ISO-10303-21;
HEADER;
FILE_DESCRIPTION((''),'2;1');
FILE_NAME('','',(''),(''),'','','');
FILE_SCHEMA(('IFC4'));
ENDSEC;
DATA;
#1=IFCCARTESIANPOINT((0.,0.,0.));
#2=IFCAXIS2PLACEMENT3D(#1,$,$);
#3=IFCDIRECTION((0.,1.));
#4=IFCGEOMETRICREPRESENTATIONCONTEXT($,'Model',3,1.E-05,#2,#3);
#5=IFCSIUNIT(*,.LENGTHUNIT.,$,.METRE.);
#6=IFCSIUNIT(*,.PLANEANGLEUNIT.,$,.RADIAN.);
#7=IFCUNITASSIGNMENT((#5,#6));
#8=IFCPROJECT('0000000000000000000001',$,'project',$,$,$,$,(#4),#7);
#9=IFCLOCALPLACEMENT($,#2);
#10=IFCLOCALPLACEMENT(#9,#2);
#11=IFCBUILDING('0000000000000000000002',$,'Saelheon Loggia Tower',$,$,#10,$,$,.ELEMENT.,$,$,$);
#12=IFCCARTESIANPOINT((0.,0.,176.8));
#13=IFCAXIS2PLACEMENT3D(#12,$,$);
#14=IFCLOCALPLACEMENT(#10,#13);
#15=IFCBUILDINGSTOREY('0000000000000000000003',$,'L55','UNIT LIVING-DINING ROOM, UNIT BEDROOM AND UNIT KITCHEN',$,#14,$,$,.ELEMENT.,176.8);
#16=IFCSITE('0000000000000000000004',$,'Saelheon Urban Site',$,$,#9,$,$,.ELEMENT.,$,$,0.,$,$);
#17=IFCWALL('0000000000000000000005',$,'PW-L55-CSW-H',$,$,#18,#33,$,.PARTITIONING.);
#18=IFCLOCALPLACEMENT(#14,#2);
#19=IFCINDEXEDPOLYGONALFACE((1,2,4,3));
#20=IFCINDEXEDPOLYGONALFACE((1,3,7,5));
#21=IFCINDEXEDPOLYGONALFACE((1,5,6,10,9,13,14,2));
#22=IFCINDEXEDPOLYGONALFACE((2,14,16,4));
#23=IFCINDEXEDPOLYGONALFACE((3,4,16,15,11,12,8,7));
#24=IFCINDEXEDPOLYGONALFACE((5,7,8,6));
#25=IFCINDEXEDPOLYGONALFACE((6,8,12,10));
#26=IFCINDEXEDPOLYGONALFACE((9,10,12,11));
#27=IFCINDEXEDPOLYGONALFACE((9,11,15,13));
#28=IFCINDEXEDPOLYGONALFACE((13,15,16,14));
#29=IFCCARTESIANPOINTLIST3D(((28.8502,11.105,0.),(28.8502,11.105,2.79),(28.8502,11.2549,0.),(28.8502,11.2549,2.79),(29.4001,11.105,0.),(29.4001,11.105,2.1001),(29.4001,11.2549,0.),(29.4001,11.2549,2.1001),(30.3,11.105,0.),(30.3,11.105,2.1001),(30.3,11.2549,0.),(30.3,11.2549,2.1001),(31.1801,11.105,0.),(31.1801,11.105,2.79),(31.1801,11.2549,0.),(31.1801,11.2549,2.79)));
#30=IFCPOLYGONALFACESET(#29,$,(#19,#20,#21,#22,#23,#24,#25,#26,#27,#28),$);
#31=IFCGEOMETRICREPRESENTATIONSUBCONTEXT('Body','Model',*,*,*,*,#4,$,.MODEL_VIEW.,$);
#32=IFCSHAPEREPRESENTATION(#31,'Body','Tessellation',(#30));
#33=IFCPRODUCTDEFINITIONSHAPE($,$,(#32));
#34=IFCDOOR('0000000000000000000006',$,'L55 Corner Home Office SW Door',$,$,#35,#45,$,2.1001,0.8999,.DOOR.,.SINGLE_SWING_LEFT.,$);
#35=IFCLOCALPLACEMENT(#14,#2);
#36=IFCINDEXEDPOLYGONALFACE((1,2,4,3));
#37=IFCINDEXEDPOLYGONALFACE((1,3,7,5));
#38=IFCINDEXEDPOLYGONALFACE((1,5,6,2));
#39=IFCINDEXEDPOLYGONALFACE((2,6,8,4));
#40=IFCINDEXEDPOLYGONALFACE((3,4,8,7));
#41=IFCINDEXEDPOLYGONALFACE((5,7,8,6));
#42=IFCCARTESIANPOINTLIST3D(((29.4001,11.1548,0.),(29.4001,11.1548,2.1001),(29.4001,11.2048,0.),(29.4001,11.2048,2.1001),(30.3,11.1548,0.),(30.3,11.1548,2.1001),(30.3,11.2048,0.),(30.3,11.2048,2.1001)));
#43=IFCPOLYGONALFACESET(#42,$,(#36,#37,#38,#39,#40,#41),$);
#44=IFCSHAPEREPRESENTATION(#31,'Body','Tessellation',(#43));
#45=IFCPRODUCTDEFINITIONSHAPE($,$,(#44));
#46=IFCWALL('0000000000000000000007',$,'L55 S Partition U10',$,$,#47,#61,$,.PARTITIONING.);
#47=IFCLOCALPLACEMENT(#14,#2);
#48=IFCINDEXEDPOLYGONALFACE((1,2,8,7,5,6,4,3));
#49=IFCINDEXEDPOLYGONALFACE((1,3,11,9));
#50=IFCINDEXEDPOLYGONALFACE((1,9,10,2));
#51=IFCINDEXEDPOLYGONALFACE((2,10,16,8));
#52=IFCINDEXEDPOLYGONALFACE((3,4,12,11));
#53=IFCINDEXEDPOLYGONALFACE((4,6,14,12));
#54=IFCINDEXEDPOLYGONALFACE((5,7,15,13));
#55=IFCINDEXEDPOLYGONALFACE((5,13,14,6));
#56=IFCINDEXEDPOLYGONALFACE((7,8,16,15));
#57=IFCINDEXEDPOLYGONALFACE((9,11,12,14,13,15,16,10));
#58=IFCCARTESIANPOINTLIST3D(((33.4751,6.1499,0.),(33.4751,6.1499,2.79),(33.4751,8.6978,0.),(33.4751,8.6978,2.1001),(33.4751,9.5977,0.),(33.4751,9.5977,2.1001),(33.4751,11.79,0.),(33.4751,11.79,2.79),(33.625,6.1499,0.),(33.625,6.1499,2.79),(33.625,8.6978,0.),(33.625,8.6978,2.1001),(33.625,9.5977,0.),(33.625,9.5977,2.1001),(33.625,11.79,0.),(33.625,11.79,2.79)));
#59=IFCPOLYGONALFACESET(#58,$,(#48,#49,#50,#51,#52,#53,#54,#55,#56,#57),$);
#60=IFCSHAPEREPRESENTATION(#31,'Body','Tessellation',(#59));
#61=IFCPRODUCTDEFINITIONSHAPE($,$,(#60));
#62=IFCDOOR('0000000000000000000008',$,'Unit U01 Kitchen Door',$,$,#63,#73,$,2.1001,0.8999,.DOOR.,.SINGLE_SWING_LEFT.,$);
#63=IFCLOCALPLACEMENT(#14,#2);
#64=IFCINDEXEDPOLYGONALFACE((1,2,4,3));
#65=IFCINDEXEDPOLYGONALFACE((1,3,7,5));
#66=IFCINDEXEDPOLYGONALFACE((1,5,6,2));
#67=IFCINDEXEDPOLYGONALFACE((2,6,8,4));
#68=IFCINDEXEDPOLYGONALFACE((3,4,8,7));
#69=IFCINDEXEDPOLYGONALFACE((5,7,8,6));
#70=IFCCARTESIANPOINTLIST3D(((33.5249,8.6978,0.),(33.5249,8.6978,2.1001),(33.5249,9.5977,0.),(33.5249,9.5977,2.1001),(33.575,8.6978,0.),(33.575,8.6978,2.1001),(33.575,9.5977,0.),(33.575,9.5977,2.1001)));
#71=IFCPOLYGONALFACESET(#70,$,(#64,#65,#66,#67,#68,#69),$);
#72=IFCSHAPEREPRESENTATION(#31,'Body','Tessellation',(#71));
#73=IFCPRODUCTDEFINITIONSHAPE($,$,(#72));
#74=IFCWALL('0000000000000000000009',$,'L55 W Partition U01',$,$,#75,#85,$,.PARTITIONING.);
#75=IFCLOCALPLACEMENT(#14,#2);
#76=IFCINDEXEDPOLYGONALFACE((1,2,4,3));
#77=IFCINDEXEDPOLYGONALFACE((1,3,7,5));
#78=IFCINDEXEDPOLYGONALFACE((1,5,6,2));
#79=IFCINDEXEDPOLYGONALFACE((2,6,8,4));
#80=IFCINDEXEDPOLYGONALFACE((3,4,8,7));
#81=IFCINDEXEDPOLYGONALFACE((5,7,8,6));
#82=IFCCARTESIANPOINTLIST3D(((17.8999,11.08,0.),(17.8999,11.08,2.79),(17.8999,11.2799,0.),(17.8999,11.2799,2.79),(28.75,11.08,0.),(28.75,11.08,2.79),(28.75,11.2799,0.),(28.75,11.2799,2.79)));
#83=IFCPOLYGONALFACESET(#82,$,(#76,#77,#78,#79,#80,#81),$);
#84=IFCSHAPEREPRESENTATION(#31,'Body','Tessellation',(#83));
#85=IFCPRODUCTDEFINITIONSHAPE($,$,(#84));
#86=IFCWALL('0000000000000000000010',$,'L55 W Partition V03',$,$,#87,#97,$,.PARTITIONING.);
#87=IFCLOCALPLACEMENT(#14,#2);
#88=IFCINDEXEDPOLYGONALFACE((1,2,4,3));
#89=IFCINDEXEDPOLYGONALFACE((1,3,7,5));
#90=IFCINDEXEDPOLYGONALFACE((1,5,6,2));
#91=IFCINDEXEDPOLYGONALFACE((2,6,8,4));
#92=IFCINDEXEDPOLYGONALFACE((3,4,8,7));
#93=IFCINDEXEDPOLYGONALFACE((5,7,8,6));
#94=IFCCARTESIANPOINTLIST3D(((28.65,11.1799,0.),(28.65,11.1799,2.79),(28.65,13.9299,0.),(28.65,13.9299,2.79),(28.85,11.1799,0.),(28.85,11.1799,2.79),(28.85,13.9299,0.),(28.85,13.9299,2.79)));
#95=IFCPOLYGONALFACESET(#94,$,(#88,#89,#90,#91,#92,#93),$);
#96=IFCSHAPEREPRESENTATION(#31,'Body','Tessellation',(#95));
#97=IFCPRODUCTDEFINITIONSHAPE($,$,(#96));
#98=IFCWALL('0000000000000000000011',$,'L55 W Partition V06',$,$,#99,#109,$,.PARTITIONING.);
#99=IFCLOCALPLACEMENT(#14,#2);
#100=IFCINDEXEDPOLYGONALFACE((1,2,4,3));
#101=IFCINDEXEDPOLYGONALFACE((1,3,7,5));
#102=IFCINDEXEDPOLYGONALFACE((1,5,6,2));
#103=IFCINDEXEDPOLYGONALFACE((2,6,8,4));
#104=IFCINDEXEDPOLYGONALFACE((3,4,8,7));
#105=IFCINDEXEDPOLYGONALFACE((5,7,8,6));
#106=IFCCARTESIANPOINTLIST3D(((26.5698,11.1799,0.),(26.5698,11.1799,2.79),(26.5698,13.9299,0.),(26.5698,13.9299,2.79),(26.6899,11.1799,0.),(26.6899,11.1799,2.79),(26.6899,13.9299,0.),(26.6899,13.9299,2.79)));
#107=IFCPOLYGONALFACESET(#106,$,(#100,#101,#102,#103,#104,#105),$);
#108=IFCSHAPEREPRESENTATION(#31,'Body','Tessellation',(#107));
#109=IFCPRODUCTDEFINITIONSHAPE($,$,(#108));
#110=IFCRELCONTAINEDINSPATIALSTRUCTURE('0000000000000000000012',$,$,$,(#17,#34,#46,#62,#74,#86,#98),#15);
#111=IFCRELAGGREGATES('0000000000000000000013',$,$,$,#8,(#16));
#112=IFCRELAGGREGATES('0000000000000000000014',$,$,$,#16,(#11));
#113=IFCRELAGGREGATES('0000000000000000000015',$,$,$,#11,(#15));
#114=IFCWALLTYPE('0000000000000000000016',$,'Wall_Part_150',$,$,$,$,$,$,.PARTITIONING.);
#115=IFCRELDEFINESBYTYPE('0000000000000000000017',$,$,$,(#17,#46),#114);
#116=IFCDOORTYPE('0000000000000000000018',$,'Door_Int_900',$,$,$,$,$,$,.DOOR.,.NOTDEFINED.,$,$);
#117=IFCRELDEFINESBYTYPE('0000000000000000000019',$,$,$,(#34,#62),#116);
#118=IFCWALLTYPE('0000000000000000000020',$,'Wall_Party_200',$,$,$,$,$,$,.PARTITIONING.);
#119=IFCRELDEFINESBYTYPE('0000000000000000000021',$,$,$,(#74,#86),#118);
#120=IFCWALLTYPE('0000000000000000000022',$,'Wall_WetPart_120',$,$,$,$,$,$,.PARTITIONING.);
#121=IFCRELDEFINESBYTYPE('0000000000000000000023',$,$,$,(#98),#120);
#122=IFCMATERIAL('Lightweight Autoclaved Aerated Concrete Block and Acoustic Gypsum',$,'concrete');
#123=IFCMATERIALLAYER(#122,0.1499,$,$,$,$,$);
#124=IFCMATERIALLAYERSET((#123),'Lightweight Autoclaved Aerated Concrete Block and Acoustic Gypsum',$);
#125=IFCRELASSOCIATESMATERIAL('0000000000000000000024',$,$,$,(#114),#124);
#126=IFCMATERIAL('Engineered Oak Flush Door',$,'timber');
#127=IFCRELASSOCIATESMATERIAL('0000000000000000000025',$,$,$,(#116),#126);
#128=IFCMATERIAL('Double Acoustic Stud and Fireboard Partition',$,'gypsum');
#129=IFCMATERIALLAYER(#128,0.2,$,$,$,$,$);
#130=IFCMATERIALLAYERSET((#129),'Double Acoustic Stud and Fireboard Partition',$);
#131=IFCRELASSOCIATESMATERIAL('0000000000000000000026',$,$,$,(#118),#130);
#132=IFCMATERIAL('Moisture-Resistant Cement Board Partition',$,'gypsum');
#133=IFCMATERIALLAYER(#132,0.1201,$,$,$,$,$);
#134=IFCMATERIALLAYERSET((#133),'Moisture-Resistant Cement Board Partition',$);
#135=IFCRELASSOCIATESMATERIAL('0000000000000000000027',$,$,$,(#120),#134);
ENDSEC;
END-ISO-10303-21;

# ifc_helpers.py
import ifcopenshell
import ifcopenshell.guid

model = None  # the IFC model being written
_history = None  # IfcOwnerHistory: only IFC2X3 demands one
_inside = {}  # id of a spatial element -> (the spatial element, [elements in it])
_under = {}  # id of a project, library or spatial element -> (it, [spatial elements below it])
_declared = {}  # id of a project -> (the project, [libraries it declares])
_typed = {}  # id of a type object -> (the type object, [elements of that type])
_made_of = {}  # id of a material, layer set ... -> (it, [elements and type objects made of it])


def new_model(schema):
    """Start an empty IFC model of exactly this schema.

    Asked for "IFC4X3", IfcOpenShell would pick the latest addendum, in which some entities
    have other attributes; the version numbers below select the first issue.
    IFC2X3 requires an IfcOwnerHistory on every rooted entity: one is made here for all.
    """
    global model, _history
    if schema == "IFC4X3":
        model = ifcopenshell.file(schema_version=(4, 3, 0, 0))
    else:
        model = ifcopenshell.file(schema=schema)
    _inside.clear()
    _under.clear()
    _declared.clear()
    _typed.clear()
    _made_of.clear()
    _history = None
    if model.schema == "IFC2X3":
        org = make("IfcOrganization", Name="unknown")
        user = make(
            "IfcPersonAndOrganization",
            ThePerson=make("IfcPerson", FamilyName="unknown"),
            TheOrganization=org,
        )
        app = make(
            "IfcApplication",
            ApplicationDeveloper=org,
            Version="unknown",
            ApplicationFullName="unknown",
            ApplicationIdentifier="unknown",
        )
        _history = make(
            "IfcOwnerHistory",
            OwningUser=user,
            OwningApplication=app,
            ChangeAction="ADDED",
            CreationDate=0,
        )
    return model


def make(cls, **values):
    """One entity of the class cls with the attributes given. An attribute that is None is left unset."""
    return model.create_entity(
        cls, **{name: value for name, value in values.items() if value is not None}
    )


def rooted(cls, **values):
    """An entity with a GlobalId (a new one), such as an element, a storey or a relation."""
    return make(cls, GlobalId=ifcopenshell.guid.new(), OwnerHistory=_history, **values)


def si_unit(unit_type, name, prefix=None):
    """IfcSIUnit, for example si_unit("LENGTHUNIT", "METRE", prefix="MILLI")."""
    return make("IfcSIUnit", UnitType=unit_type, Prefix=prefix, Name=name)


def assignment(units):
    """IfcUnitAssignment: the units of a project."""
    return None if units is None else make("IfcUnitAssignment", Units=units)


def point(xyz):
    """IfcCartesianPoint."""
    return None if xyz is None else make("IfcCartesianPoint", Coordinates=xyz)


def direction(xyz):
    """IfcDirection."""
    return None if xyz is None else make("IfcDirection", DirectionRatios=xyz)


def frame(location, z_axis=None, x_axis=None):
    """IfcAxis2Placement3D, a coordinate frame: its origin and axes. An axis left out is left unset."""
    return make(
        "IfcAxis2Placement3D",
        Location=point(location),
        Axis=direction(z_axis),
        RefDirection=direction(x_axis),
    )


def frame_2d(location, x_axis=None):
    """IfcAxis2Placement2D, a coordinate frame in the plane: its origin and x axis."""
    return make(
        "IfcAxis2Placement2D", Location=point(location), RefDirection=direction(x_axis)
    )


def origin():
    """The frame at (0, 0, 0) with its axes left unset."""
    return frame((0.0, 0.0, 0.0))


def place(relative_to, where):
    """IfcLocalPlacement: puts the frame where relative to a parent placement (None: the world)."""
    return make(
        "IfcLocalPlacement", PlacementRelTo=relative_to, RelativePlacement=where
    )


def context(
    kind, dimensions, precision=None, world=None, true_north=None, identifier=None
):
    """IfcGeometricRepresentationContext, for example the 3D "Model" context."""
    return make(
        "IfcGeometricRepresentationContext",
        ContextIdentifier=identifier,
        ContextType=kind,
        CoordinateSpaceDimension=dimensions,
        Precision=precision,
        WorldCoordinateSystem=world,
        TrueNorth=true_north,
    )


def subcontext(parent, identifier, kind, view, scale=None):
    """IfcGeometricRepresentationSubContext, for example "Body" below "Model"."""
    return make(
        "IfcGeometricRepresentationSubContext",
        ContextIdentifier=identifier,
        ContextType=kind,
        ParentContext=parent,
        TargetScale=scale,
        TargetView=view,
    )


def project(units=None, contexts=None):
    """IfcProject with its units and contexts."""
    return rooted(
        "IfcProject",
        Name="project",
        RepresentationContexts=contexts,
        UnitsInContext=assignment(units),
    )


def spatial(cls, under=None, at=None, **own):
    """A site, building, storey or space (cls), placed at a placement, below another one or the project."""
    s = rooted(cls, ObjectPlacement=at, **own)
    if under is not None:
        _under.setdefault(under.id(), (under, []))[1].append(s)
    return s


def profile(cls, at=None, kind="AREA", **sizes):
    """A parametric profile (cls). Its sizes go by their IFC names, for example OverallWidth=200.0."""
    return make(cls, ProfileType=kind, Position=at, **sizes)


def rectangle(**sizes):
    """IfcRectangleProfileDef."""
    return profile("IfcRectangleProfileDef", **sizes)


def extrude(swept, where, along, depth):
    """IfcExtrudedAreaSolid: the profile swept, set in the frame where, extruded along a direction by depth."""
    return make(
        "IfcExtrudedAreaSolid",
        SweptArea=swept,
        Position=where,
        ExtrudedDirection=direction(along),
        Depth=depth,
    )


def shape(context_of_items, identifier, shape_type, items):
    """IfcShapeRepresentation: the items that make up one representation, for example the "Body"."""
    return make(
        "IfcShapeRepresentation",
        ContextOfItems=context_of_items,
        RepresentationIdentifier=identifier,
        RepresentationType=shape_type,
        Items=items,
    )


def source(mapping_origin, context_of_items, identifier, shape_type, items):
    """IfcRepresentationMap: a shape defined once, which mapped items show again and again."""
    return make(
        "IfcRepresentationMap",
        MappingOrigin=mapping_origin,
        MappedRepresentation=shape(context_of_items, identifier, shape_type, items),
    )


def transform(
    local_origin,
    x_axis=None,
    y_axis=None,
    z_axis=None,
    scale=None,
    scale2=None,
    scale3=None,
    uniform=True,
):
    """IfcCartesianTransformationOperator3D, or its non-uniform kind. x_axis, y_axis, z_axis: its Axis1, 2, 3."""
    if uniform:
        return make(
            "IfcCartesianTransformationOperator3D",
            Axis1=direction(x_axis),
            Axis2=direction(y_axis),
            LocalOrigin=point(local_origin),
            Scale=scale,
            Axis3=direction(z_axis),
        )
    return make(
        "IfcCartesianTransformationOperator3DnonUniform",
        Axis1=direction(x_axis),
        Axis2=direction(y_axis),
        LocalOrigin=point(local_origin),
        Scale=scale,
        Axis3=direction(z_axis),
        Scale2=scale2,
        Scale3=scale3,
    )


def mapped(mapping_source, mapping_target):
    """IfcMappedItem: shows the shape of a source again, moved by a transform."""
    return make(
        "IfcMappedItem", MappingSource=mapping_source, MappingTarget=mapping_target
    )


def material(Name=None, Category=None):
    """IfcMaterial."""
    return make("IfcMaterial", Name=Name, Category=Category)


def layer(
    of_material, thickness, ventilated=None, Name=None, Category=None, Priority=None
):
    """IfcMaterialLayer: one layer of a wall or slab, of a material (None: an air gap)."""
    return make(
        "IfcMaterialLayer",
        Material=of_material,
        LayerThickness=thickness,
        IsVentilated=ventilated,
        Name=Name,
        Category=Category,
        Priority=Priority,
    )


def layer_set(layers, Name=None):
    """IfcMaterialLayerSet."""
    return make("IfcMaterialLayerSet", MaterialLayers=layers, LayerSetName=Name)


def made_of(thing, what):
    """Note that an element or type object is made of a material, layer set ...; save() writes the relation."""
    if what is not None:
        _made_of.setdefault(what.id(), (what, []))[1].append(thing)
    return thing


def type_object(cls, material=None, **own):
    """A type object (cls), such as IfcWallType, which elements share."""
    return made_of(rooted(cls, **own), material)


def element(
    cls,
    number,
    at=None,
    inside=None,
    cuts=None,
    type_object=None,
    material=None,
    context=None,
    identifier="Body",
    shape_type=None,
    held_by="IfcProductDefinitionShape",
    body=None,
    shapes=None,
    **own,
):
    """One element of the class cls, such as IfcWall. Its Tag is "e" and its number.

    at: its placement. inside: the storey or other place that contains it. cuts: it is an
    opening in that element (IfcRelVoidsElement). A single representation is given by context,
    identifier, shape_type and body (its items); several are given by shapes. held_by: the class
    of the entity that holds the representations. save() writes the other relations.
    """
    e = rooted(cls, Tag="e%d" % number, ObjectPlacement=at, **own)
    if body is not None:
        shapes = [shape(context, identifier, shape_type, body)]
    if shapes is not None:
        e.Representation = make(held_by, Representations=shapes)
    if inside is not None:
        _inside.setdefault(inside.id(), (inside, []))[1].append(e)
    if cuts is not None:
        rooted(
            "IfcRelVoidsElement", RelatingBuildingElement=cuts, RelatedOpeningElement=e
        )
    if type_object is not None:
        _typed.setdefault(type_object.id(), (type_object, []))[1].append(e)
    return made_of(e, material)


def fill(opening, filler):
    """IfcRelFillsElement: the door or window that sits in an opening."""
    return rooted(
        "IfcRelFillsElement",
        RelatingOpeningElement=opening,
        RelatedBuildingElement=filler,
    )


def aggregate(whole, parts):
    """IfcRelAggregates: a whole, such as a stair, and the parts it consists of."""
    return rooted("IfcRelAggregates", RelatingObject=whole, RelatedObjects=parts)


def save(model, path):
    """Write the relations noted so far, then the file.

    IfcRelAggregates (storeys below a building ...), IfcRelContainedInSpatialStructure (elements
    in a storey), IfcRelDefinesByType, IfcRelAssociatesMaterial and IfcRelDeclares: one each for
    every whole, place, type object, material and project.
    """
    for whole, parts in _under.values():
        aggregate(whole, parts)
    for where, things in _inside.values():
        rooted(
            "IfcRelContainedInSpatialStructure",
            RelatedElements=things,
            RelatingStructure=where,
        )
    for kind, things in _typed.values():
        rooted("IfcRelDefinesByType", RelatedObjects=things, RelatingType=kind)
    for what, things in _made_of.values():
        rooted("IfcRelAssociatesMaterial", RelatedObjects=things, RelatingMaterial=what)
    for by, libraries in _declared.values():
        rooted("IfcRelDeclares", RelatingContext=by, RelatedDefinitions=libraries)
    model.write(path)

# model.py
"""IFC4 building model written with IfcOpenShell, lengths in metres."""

from ifc_helpers import new_model, si_unit, direction, frame, frame_2d, origin, place, context, subcontext, project, spatial, rectangle, extrude, source, transform, mapped, material, layer, layer_set, type_object, element, fill, save


model = new_model("IFC4")

# Units and contexts
model_context = context("Model", 3, precision=1e-05, world=origin(), true_north=direction((0.0, 1.0)))
body_context = subcontext(model_context, "Body", "Model", "MODEL_VIEW")
ifc_project = project(units=[si_unit("LENGTHUNIT", "METRE"), si_unit("PLANEANGLEUNIT", "RADIAN")], contexts=[model_context])

# Site, building, storey
site_placement = place(None, origin())
site = spatial("IfcSite", under=ifc_project, at=site_placement, Name="Saelheon Urban Site", CompositionType="ELEMENT", RefElevation=0.0)
building_placement = place(site_placement, origin())
building = spatial("IfcBuilding", under=site, at=building_placement, Name="Saelheon Loggia Tower", CompositionType="ELEMENT")
storey_placement = place(building_placement, frame((0.0, 0.0, 176.8)))
storey = spatial("IfcBuildingStorey", under=building, at=storey_placement, Name="L55", Description="UNIT LIVING-DINING ROOM, UNIT BEDROOM AND UNIT KITCHEN", CompositionType="ELEMENT", Elevation=176.8)

# Walls, openings, doors
ifc_material_1 = material(Name="Lightweight Autoclaved Aerated Concrete Block and Acoustic Gypsum", Category="concrete")
ifc_layer_1 = layer(ifc_material_1, 0.1499)
ifc_layer_set_1 = layer_set([ifc_layer_1], Name="Lightweight Autoclaved Aerated Concrete Block and Acoustic Gypsum")
wall_type_1 = type_object("IfcWallType", Name="Wall_Part_150", PredefinedType="PARTITIONING", material=ifc_layer_set_1)
wall_1_placement = place(storey_placement, frame((28.8501, 11.1799, 0.0), z_axis=(0.0, 0.0, 1.0), x_axis=(1.0, 0.0, 0.0)))
wall_1 = element("IfcWall", 1, at=wall_1_placement, inside=storey, type_object=wall_type_1, Name="PW-L55-CSW-H", PredefinedType="PARTITIONING", context=body_context, shape_type="SweptSolid", body=[
    extrude(rectangle(XDim=2.3298, YDim=0.1499, at=frame_2d((1.165, 0.0))), origin(), (0.0, 0.0, 1.0), 2.79),
])
opening_1_placement = place(wall_1_placement, frame((0.55, 0.0, 0.0)))
opening_1 = element("IfcOpeningElement", 2, at=opening_1_placement, cuts=wall_1, PredefinedType="OPENING", context=body_context, shape_type="SweptSolid", body=[
    extrude(rectangle(XDim=0.8999, YDim=2.1001, at=frame_2d((0.45, 1.05))), frame((0.0, 0.0869, 0.0), z_axis=(0.0, -1.0, 0.0), x_axis=(1.0, 0.0, 0.0)), (0.0, 0.0, 1.0), 0.1738),
])
ifc_material_2 = material(Name="Engineered Oak Flush Door", Category="timber")
door_type = type_object("IfcDoorType", Name="Door_Int_900", OperationType="NOTDEFINED", PredefinedType="DOOR", material=ifc_material_2)
shared_shape_1 = source(origin(), body_context, "Body", "SweptSolid", [
    extrude(rectangle(XDim=0.8999, YDim=2.1001, at=frame_2d((0.45, 1.05))), frame((0.0, 0.0249, 0.0), z_axis=(0.0, -1.0, 0.0), x_axis=(1.0, 0.0, 0.0)), (0.0, 0.0, 1.0), 0.05),
])
door_1_placement = place(opening_1_placement, origin())
door_1 = element("IfcDoor", 3, at=door_1_placement, inside=storey, type_object=door_type, Name="L55 Corner Home Office SW Door", OperationType="SINGLE_SWING_LEFT", OverallHeight=2.1001, OverallWidth=0.8999, PredefinedType="DOOR", context=body_context, shape_type="MappedRepresentation", body=[
    mapped(shared_shape_1, transform((0.0, 0.0, 0.0), scale=1.0)),
])
fill(opening_1, door_1)
wall_2_placement = place(storey_placement, frame((33.55, 11.79, 0.0), z_axis=(0.0, 0.0, 1.0), x_axis=(0.0, -1.0, 0.0)))
wall_2 = element("IfcWall", 4, at=wall_2_placement, inside=storey, type_object=wall_type_1, Name="L55 S Partition U10", PredefinedType="PARTITIONING", context=body_context, shape_type="SweptSolid", body=[
    extrude(rectangle(XDim=5.6401, YDim=0.1499, at=frame_2d((2.8201, 0.0))), origin(), (0.0, 0.0, 1.0), 2.79),
])
opening_2_placement = place(wall_2_placement, frame((2.1924, 0.0, 0.0)))
opening_2 = element("IfcOpeningElement", 5, at=opening_2_placement, cuts=wall_2, PredefinedType="OPENING", context=body_context, shape_type="SweptSolid", body=[
    extrude(rectangle(XDim=0.8999, YDim=2.1001, at=frame_2d((0.45, 1.05))), frame((0.0, 0.0869, 0.0), z_axis=(0.0, -1.0, 0.0), x_axis=(1.0, 0.0, 0.0)), (0.0, 0.0, 1.0), 0.1738),
])
door_2_placement = place(opening_2_placement, origin())
door_2 = element("IfcDoor", 6, at=door_2_placement, inside=storey, type_object=door_type, Name="Unit U01 Kitchen Door", OperationType="SINGLE_SWING_LEFT", OverallHeight=2.1001, OverallWidth=0.8999, PredefinedType="DOOR", context=body_context, shape_type="MappedRepresentation", body=[
    mapped(shared_shape_1, transform((0.0, 0.0, 0.0), scale=1.0)),
])
fill(opening_2, door_2)

# Walls
ifc_material_3 = material(Name="Double Acoustic Stud and Fireboard Partition", Category="gypsum")
ifc_layer_2 = layer(ifc_material_3, 0.2)
ifc_layer_set_2 = layer_set([ifc_layer_2], Name="Double Acoustic Stud and Fireboard Partition")
wall_type_2 = type_object("IfcWallType", Name="Wall_Party_200", PredefinedType="PARTITIONING", material=ifc_layer_set_2)
wall_3_placement = place(storey_placement, frame((28.75, 11.1799, 0.0), z_axis=(0.0, 0.0, 1.0), x_axis=(-1.0, 0.0, 0.0)))
element("IfcWall", 7, at=wall_3_placement, inside=storey, type_object=wall_type_2, Name="L55 W Partition U01", PredefinedType="PARTITIONING", context=body_context, shape_type="SweptSolid", body=[
    extrude(rectangle(XDim=10.8501, YDim=0.2, at=frame_2d((5.425, 0.0))), origin(), (0.0, 0.0, 1.0), 2.79),
])
wall_4_placement = place(storey_placement, frame((28.75, 11.1799, 0.0), z_axis=(0.0, 0.0, 1.0), x_axis=(0.0, 1.0, 0.0)))
element("IfcWall", 8, at=wall_4_placement, inside=storey, type_object=wall_type_2, Name="L55 W Partition V03", PredefinedType="PARTITIONING", context=body_context, shape_type="SweptSolid", body=[
    extrude(rectangle(XDim=2.75, YDim=0.2, at=frame_2d((1.375, 0.0))), origin(), (0.0, 0.0, 1.0), 2.79),
])
ifc_material_4 = material(Name="Moisture-Resistant Cement Board Partition", Category="gypsum")
ifc_layer_3 = layer(ifc_material_4, 0.1201)
ifc_layer_set_3 = layer_set([ifc_layer_3], Name="Moisture-Resistant Cement Board Partition")
wall_type_3 = type_object("IfcWallType", Name="Wall_WetPart_120", PredefinedType="PARTITIONING", material=ifc_layer_set_3)
wall_5_placement = place(storey_placement, frame((26.6299, 11.1799, 0.0), z_axis=(0.0, 0.0, 1.0), x_axis=(0.0, 1.0, 0.0)))
element("IfcWall", 9, at=wall_5_placement, inside=storey, type_object=wall_type_3, Name="L55 W Partition V06", PredefinedType="PARTITIONING", context=body_context, shape_type="SweptSolid", body=[
    extrude(rectangle(XDim=2.75, YDim=0.1201, at=frame_2d((1.375, 0.0))), origin(), (0.0, 0.0, 1.0), 2.79),
])

save(model, "model.ifc")
